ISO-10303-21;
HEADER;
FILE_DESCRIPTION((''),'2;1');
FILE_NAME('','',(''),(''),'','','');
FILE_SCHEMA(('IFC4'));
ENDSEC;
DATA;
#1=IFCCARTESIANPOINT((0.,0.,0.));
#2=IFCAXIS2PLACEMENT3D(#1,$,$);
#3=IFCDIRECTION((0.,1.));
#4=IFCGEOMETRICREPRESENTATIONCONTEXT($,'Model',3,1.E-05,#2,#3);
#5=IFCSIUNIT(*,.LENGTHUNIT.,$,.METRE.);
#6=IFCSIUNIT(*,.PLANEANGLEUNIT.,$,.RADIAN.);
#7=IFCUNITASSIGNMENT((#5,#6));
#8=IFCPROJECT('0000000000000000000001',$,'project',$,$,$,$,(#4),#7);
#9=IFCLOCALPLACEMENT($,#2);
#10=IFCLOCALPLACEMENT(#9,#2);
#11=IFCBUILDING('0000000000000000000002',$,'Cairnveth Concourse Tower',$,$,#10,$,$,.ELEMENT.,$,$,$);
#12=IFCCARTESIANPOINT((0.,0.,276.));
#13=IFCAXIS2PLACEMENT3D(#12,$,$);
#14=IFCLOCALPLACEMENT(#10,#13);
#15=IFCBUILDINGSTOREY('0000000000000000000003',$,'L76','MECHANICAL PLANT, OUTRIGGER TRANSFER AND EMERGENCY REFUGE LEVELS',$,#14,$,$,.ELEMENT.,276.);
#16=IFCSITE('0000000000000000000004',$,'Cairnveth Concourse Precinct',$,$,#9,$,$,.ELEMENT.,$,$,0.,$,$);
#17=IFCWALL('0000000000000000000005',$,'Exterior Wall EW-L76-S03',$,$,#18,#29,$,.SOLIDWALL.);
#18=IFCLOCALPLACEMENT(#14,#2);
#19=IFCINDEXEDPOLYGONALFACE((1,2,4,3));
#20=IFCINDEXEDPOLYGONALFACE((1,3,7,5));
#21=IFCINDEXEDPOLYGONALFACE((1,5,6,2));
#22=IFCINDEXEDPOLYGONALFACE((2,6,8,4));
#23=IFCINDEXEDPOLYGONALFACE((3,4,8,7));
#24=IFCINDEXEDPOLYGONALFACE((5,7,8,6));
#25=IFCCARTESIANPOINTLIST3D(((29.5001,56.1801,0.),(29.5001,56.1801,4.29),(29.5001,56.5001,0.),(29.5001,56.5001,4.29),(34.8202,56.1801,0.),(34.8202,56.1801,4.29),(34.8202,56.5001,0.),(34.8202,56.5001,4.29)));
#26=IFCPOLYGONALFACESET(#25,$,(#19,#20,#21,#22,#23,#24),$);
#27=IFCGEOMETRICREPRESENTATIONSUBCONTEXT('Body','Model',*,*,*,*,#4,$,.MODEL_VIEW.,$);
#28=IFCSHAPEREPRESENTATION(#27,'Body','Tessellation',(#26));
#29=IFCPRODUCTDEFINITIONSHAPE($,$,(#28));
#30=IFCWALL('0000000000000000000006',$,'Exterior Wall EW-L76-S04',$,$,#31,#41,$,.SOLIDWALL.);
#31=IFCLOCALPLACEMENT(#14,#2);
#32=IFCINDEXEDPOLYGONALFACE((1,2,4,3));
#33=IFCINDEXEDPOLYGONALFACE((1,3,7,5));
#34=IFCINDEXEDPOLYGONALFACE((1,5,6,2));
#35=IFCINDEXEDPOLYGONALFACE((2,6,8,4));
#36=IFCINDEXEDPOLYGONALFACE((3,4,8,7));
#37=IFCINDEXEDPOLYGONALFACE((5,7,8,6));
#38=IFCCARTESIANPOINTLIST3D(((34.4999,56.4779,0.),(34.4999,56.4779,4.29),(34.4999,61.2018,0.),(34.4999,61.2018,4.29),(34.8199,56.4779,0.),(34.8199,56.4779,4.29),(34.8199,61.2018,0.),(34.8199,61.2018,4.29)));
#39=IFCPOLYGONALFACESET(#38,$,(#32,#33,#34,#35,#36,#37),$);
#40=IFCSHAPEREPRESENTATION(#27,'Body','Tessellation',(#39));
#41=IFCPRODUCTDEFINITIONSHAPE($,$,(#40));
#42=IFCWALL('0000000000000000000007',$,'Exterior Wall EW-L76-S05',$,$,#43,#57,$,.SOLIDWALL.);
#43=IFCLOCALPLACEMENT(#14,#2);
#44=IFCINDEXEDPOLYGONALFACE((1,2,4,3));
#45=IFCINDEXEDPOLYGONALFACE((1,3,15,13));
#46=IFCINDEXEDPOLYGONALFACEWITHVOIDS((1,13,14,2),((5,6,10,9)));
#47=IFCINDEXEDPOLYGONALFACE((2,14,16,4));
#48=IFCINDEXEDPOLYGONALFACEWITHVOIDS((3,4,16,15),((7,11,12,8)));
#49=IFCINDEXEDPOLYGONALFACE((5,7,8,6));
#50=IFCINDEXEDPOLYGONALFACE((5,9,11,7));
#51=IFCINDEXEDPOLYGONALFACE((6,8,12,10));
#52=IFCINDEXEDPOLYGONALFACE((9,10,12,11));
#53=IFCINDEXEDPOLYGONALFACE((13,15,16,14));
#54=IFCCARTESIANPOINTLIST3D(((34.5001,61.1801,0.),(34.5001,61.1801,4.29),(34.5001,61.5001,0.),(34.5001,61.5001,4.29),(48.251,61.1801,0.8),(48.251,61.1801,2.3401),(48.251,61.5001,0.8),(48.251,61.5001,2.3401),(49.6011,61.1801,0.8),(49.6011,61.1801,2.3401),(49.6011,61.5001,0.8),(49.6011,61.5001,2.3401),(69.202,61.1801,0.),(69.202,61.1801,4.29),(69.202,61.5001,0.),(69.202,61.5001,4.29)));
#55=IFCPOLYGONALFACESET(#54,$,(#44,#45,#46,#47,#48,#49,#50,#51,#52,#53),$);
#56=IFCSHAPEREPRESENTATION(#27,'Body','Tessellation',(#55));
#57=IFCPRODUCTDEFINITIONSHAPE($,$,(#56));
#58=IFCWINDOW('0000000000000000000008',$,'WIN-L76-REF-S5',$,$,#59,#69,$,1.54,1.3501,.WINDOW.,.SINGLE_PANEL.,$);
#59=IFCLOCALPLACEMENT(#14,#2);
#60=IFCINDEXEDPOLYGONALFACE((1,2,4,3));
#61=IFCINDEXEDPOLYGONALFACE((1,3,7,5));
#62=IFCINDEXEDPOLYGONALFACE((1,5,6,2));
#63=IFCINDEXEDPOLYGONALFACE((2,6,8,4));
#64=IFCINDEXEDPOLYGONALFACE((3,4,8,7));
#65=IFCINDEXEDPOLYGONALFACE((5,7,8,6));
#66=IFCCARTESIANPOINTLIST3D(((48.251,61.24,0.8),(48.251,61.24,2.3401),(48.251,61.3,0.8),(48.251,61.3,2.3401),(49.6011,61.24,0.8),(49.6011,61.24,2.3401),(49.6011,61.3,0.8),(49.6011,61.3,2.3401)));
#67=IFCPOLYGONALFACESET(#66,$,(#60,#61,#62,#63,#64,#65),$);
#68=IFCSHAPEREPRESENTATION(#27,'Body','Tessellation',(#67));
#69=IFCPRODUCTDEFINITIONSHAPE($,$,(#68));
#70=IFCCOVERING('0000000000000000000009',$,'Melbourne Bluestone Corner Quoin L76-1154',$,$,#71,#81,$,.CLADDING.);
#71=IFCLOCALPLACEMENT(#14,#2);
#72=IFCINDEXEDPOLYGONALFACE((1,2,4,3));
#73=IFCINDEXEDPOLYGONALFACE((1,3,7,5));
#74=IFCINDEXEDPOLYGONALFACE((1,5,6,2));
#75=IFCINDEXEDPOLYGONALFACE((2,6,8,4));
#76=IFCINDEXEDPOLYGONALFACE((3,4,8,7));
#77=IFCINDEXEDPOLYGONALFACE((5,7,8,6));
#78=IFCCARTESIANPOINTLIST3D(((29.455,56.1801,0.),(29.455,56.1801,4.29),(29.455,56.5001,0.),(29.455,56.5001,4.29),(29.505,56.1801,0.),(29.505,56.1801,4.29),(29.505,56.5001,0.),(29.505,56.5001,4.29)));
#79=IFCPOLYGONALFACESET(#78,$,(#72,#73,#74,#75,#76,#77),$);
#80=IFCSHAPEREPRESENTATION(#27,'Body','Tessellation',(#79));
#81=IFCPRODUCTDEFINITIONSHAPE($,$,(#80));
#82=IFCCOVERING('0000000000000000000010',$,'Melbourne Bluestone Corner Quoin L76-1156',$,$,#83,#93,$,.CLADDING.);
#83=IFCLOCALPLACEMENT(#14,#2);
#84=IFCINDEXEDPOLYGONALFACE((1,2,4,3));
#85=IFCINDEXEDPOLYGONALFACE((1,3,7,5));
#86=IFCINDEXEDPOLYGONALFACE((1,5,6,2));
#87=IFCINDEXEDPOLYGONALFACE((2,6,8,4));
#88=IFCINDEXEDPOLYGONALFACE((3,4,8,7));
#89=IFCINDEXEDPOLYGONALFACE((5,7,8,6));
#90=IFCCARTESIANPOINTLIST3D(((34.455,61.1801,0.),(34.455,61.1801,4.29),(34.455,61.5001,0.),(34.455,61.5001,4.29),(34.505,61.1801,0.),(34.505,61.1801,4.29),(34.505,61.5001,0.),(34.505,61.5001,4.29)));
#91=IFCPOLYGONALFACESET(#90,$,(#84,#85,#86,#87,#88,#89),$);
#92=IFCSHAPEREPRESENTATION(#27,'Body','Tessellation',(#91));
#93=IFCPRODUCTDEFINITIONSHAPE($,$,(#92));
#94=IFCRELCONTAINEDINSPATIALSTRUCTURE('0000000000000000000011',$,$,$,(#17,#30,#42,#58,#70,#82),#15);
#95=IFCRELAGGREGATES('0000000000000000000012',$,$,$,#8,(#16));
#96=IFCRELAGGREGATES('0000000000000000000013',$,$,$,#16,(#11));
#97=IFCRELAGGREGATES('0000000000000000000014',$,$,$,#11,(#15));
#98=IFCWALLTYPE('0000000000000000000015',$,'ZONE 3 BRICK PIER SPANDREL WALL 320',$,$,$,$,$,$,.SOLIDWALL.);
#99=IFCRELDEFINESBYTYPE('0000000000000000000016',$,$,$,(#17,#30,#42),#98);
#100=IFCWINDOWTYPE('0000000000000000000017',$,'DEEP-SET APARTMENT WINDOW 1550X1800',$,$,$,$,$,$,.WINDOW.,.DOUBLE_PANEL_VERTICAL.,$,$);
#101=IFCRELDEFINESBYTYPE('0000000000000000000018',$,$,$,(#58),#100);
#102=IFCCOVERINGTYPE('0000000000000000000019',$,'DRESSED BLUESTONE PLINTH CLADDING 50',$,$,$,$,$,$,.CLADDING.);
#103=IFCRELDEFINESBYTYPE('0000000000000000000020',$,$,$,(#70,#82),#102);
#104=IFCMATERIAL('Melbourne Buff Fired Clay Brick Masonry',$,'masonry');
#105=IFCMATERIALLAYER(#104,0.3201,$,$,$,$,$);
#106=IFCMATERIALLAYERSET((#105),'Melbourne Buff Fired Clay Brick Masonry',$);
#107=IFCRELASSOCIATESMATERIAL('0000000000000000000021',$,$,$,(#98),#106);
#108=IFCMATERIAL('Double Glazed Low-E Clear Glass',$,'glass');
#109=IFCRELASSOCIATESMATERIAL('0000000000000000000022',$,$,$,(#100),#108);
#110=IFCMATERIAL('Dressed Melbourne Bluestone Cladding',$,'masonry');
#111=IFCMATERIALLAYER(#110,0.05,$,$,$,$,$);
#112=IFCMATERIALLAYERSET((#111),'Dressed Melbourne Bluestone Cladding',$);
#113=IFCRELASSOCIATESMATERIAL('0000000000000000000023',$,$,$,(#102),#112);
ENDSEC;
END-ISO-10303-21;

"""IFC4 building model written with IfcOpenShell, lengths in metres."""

from ifc_helpers import new_model, si_unit, direction, frame, frame_2d, origin, place, context, subcontext, project, spatial, rectangle, extrude, material, layer, layer_set, type_object, element, fill, save


model = new_model("IFC4")

# Units and contexts
model_context = context("Model", 3, precision=1e-05, world=origin(), true_north=direction((0.0, 1.0)))
body_context = subcontext(model_context, "Body", "Model", "MODEL_VIEW")
ifc_project = project(units=[si_unit("LENGTHUNIT", "METRE"), si_unit("PLANEANGLEUNIT", "RADIAN")], contexts=[model_context])

# Site, building, storey
site_placement = place(None, origin())
site = spatial("IfcSite", under=ifc_project, at=site_placement, Name="Cairnveth Concourse Precinct", CompositionType="ELEMENT", RefElevation=0.0)
building_placement = place(site_placement, origin())
building = spatial("IfcBuilding", under=site, at=building_placement, Name="Cairnveth Concourse Tower", CompositionType="ELEMENT")
storey_placement = place(building_placement, frame((0.0, 0.0, 276.0)))
storey = spatial("IfcBuildingStorey", under=building, at=storey_placement, Name="L76", Description="MECHANICAL PLANT, OUTRIGGER TRANSFER AND EMERGENCY REFUGE LEVELS", CompositionType="ELEMENT", Elevation=276.0)

# Walls
ifc_material_1 = material(Name="Melbourne Buff Fired Clay Brick Masonry", Category="masonry")
ifc_layer_1 = layer(ifc_material_1, 0.3201)
ifc_layer_set_1 = layer_set([ifc_layer_1], Name="Melbourne Buff Fired Clay Brick Masonry")
wall_type_1 = type_object("IfcWallType", Name="ZONE 3 BRICK PIER SPANDREL WALL 320", PredefinedType="SOLIDWALL", material=ifc_layer_set_1)
wall_1_placement = place(storey_placement, frame((29.5, 56.3401, 0.0), z_axis=(0.0, 0.0, 1.0), x_axis=(1.0, 0.0, 0.0)))
element("IfcWall", 1, at=wall_1_placement, inside=storey, type_object=wall_type_1, Name="Exterior Wall EW-L76-S03", PredefinedType="SOLIDWALL", context=body_context, shape_type="SweptSolid", body=[
    extrude(rectangle(XDim=5.3201, YDim=0.3201, at=frame_2d((2.6602, 0.0))), origin(), (0.0, 0.0, 1.0), 4.29),
])
wall_2_placement = place(storey_placement, frame((34.6599, 56.478, 0.0), z_axis=(0.0, 0.0, 1.0), x_axis=(0.0, 1.0, 0.0)))
element("IfcWall", 2, at=wall_2_placement, inside=storey, type_object=wall_type_1, Name="Exterior Wall EW-L76-S04", PredefinedType="SOLIDWALL", context=body_context, shape_type="SweptSolid", body=[
    extrude(rectangle(XDim=4.7239, YDim=0.3201, at=frame_2d((2.3618, 0.0))), origin(), (0.0, 0.0, 1.0), 4.29),
])

# Wall, opening, window
wall_3_placement = place(storey_placement, frame((34.5, 61.3401, 0.0), z_axis=(0.0, 0.0, 1.0), x_axis=(1.0, 0.0, 0.0)))
wall_3 = element("IfcWall", 3, at=wall_3_placement, inside=storey, type_object=wall_type_1, Name="Exterior Wall EW-L76-S05", PredefinedType="SOLIDWALL", context=body_context, shape_type="SweptSolid", body=[
    extrude(rectangle(XDim=34.7019, YDim=0.3201, at=frame_2d((17.3511, 0.0))), origin(), (0.0, 0.0, 1.0), 4.29),
])
opening_placement = place(wall_3_placement, frame((13.751, 0.0, 0.8)))
opening = element("IfcOpeningElement", 4, at=opening_placement, cuts=wall_3, PredefinedType="OPENING", context=body_context, shape_type="SweptSolid", body=[
    extrude(rectangle(XDim=1.3501, YDim=1.54, at=frame_2d((0.675, 0.77))), frame((0.0, 0.1699, 0.0), z_axis=(0.0, -1.0, 0.0), x_axis=(1.0, 0.0, 0.0)), (0.0, 0.0, 1.0), 0.3401),
])
ifc_material_2 = material(Name="Double Glazed Low-E Clear Glass", Category="glass")
window_type = type_object("IfcWindowType", Name="DEEP-SET APARTMENT WINDOW 1550X1800", PartitioningType="DOUBLE_PANEL_VERTICAL", PredefinedType="WINDOW", material=ifc_material_2)
window_placement = place(opening_placement, origin())
window = element("IfcWindow", 5, at=window_placement, inside=storey, type_object=window_type, Name="WIN-L76-REF-S5", OverallHeight=1.54, OverallWidth=1.3501, PartitioningType="SINGLE_PANEL", PredefinedType="WINDOW", context=body_context, shape_type="SweptSolid", body=[
    extrude(rectangle(XDim=1.3501, YDim=1.54, at=frame_2d((0.675, 0.77))), frame((0.0, -0.04, 0.0), z_axis=(0.0, -1.0, 0.0), x_axis=(1.0, 0.0, 0.0)), (0.0, 0.0, 1.0), 0.0601),
])
fill(opening, window)

# Coverings
ifc_material_3 = material(Name="Dressed Melbourne Bluestone Cladding", Category="masonry")
ifc_layer_2 = layer(ifc_material_3, 0.05)
ifc_layer_set_2 = layer_set([ifc_layer_2], Name="Dressed Melbourne Bluestone Cladding")
covering_type = type_object("IfcCoveringType", Name="DRESSED BLUESTONE PLINTH CLADDING 50", PredefinedType="CLADDING", material=ifc_layer_set_2)
for number, where, z_axis, x_axis, name in (
    (6, (29.48, 56.1799, 0.0), (0.0, 0.0, 1.0), (0.0, 1.0, 0.0), "Melbourne Bluestone Corner Quoin L76-1154"),
    (7, (34.48, 61.1799, 0.0), (0.0, 0.0, 1.0), (0.0, 1.0, 0.0), "Melbourne Bluestone Corner Quoin L76-1156"),
):
    element("IfcCovering", number, at=place(storey_placement, frame(where, z_axis=z_axis, x_axis=x_axis)), inside=storey, type_object=covering_type, Name=name, PredefinedType="CLADDING", context=body_context, shape_type="SweptSolid", body=[
        extrude(rectangle(XDim=0.3201, YDim=0.05, at=frame_2d((0.1602, 0.0))), origin(), (0.0, 0.0, 1.0), 4.29),
    ])

save(model, "model.ifc")
